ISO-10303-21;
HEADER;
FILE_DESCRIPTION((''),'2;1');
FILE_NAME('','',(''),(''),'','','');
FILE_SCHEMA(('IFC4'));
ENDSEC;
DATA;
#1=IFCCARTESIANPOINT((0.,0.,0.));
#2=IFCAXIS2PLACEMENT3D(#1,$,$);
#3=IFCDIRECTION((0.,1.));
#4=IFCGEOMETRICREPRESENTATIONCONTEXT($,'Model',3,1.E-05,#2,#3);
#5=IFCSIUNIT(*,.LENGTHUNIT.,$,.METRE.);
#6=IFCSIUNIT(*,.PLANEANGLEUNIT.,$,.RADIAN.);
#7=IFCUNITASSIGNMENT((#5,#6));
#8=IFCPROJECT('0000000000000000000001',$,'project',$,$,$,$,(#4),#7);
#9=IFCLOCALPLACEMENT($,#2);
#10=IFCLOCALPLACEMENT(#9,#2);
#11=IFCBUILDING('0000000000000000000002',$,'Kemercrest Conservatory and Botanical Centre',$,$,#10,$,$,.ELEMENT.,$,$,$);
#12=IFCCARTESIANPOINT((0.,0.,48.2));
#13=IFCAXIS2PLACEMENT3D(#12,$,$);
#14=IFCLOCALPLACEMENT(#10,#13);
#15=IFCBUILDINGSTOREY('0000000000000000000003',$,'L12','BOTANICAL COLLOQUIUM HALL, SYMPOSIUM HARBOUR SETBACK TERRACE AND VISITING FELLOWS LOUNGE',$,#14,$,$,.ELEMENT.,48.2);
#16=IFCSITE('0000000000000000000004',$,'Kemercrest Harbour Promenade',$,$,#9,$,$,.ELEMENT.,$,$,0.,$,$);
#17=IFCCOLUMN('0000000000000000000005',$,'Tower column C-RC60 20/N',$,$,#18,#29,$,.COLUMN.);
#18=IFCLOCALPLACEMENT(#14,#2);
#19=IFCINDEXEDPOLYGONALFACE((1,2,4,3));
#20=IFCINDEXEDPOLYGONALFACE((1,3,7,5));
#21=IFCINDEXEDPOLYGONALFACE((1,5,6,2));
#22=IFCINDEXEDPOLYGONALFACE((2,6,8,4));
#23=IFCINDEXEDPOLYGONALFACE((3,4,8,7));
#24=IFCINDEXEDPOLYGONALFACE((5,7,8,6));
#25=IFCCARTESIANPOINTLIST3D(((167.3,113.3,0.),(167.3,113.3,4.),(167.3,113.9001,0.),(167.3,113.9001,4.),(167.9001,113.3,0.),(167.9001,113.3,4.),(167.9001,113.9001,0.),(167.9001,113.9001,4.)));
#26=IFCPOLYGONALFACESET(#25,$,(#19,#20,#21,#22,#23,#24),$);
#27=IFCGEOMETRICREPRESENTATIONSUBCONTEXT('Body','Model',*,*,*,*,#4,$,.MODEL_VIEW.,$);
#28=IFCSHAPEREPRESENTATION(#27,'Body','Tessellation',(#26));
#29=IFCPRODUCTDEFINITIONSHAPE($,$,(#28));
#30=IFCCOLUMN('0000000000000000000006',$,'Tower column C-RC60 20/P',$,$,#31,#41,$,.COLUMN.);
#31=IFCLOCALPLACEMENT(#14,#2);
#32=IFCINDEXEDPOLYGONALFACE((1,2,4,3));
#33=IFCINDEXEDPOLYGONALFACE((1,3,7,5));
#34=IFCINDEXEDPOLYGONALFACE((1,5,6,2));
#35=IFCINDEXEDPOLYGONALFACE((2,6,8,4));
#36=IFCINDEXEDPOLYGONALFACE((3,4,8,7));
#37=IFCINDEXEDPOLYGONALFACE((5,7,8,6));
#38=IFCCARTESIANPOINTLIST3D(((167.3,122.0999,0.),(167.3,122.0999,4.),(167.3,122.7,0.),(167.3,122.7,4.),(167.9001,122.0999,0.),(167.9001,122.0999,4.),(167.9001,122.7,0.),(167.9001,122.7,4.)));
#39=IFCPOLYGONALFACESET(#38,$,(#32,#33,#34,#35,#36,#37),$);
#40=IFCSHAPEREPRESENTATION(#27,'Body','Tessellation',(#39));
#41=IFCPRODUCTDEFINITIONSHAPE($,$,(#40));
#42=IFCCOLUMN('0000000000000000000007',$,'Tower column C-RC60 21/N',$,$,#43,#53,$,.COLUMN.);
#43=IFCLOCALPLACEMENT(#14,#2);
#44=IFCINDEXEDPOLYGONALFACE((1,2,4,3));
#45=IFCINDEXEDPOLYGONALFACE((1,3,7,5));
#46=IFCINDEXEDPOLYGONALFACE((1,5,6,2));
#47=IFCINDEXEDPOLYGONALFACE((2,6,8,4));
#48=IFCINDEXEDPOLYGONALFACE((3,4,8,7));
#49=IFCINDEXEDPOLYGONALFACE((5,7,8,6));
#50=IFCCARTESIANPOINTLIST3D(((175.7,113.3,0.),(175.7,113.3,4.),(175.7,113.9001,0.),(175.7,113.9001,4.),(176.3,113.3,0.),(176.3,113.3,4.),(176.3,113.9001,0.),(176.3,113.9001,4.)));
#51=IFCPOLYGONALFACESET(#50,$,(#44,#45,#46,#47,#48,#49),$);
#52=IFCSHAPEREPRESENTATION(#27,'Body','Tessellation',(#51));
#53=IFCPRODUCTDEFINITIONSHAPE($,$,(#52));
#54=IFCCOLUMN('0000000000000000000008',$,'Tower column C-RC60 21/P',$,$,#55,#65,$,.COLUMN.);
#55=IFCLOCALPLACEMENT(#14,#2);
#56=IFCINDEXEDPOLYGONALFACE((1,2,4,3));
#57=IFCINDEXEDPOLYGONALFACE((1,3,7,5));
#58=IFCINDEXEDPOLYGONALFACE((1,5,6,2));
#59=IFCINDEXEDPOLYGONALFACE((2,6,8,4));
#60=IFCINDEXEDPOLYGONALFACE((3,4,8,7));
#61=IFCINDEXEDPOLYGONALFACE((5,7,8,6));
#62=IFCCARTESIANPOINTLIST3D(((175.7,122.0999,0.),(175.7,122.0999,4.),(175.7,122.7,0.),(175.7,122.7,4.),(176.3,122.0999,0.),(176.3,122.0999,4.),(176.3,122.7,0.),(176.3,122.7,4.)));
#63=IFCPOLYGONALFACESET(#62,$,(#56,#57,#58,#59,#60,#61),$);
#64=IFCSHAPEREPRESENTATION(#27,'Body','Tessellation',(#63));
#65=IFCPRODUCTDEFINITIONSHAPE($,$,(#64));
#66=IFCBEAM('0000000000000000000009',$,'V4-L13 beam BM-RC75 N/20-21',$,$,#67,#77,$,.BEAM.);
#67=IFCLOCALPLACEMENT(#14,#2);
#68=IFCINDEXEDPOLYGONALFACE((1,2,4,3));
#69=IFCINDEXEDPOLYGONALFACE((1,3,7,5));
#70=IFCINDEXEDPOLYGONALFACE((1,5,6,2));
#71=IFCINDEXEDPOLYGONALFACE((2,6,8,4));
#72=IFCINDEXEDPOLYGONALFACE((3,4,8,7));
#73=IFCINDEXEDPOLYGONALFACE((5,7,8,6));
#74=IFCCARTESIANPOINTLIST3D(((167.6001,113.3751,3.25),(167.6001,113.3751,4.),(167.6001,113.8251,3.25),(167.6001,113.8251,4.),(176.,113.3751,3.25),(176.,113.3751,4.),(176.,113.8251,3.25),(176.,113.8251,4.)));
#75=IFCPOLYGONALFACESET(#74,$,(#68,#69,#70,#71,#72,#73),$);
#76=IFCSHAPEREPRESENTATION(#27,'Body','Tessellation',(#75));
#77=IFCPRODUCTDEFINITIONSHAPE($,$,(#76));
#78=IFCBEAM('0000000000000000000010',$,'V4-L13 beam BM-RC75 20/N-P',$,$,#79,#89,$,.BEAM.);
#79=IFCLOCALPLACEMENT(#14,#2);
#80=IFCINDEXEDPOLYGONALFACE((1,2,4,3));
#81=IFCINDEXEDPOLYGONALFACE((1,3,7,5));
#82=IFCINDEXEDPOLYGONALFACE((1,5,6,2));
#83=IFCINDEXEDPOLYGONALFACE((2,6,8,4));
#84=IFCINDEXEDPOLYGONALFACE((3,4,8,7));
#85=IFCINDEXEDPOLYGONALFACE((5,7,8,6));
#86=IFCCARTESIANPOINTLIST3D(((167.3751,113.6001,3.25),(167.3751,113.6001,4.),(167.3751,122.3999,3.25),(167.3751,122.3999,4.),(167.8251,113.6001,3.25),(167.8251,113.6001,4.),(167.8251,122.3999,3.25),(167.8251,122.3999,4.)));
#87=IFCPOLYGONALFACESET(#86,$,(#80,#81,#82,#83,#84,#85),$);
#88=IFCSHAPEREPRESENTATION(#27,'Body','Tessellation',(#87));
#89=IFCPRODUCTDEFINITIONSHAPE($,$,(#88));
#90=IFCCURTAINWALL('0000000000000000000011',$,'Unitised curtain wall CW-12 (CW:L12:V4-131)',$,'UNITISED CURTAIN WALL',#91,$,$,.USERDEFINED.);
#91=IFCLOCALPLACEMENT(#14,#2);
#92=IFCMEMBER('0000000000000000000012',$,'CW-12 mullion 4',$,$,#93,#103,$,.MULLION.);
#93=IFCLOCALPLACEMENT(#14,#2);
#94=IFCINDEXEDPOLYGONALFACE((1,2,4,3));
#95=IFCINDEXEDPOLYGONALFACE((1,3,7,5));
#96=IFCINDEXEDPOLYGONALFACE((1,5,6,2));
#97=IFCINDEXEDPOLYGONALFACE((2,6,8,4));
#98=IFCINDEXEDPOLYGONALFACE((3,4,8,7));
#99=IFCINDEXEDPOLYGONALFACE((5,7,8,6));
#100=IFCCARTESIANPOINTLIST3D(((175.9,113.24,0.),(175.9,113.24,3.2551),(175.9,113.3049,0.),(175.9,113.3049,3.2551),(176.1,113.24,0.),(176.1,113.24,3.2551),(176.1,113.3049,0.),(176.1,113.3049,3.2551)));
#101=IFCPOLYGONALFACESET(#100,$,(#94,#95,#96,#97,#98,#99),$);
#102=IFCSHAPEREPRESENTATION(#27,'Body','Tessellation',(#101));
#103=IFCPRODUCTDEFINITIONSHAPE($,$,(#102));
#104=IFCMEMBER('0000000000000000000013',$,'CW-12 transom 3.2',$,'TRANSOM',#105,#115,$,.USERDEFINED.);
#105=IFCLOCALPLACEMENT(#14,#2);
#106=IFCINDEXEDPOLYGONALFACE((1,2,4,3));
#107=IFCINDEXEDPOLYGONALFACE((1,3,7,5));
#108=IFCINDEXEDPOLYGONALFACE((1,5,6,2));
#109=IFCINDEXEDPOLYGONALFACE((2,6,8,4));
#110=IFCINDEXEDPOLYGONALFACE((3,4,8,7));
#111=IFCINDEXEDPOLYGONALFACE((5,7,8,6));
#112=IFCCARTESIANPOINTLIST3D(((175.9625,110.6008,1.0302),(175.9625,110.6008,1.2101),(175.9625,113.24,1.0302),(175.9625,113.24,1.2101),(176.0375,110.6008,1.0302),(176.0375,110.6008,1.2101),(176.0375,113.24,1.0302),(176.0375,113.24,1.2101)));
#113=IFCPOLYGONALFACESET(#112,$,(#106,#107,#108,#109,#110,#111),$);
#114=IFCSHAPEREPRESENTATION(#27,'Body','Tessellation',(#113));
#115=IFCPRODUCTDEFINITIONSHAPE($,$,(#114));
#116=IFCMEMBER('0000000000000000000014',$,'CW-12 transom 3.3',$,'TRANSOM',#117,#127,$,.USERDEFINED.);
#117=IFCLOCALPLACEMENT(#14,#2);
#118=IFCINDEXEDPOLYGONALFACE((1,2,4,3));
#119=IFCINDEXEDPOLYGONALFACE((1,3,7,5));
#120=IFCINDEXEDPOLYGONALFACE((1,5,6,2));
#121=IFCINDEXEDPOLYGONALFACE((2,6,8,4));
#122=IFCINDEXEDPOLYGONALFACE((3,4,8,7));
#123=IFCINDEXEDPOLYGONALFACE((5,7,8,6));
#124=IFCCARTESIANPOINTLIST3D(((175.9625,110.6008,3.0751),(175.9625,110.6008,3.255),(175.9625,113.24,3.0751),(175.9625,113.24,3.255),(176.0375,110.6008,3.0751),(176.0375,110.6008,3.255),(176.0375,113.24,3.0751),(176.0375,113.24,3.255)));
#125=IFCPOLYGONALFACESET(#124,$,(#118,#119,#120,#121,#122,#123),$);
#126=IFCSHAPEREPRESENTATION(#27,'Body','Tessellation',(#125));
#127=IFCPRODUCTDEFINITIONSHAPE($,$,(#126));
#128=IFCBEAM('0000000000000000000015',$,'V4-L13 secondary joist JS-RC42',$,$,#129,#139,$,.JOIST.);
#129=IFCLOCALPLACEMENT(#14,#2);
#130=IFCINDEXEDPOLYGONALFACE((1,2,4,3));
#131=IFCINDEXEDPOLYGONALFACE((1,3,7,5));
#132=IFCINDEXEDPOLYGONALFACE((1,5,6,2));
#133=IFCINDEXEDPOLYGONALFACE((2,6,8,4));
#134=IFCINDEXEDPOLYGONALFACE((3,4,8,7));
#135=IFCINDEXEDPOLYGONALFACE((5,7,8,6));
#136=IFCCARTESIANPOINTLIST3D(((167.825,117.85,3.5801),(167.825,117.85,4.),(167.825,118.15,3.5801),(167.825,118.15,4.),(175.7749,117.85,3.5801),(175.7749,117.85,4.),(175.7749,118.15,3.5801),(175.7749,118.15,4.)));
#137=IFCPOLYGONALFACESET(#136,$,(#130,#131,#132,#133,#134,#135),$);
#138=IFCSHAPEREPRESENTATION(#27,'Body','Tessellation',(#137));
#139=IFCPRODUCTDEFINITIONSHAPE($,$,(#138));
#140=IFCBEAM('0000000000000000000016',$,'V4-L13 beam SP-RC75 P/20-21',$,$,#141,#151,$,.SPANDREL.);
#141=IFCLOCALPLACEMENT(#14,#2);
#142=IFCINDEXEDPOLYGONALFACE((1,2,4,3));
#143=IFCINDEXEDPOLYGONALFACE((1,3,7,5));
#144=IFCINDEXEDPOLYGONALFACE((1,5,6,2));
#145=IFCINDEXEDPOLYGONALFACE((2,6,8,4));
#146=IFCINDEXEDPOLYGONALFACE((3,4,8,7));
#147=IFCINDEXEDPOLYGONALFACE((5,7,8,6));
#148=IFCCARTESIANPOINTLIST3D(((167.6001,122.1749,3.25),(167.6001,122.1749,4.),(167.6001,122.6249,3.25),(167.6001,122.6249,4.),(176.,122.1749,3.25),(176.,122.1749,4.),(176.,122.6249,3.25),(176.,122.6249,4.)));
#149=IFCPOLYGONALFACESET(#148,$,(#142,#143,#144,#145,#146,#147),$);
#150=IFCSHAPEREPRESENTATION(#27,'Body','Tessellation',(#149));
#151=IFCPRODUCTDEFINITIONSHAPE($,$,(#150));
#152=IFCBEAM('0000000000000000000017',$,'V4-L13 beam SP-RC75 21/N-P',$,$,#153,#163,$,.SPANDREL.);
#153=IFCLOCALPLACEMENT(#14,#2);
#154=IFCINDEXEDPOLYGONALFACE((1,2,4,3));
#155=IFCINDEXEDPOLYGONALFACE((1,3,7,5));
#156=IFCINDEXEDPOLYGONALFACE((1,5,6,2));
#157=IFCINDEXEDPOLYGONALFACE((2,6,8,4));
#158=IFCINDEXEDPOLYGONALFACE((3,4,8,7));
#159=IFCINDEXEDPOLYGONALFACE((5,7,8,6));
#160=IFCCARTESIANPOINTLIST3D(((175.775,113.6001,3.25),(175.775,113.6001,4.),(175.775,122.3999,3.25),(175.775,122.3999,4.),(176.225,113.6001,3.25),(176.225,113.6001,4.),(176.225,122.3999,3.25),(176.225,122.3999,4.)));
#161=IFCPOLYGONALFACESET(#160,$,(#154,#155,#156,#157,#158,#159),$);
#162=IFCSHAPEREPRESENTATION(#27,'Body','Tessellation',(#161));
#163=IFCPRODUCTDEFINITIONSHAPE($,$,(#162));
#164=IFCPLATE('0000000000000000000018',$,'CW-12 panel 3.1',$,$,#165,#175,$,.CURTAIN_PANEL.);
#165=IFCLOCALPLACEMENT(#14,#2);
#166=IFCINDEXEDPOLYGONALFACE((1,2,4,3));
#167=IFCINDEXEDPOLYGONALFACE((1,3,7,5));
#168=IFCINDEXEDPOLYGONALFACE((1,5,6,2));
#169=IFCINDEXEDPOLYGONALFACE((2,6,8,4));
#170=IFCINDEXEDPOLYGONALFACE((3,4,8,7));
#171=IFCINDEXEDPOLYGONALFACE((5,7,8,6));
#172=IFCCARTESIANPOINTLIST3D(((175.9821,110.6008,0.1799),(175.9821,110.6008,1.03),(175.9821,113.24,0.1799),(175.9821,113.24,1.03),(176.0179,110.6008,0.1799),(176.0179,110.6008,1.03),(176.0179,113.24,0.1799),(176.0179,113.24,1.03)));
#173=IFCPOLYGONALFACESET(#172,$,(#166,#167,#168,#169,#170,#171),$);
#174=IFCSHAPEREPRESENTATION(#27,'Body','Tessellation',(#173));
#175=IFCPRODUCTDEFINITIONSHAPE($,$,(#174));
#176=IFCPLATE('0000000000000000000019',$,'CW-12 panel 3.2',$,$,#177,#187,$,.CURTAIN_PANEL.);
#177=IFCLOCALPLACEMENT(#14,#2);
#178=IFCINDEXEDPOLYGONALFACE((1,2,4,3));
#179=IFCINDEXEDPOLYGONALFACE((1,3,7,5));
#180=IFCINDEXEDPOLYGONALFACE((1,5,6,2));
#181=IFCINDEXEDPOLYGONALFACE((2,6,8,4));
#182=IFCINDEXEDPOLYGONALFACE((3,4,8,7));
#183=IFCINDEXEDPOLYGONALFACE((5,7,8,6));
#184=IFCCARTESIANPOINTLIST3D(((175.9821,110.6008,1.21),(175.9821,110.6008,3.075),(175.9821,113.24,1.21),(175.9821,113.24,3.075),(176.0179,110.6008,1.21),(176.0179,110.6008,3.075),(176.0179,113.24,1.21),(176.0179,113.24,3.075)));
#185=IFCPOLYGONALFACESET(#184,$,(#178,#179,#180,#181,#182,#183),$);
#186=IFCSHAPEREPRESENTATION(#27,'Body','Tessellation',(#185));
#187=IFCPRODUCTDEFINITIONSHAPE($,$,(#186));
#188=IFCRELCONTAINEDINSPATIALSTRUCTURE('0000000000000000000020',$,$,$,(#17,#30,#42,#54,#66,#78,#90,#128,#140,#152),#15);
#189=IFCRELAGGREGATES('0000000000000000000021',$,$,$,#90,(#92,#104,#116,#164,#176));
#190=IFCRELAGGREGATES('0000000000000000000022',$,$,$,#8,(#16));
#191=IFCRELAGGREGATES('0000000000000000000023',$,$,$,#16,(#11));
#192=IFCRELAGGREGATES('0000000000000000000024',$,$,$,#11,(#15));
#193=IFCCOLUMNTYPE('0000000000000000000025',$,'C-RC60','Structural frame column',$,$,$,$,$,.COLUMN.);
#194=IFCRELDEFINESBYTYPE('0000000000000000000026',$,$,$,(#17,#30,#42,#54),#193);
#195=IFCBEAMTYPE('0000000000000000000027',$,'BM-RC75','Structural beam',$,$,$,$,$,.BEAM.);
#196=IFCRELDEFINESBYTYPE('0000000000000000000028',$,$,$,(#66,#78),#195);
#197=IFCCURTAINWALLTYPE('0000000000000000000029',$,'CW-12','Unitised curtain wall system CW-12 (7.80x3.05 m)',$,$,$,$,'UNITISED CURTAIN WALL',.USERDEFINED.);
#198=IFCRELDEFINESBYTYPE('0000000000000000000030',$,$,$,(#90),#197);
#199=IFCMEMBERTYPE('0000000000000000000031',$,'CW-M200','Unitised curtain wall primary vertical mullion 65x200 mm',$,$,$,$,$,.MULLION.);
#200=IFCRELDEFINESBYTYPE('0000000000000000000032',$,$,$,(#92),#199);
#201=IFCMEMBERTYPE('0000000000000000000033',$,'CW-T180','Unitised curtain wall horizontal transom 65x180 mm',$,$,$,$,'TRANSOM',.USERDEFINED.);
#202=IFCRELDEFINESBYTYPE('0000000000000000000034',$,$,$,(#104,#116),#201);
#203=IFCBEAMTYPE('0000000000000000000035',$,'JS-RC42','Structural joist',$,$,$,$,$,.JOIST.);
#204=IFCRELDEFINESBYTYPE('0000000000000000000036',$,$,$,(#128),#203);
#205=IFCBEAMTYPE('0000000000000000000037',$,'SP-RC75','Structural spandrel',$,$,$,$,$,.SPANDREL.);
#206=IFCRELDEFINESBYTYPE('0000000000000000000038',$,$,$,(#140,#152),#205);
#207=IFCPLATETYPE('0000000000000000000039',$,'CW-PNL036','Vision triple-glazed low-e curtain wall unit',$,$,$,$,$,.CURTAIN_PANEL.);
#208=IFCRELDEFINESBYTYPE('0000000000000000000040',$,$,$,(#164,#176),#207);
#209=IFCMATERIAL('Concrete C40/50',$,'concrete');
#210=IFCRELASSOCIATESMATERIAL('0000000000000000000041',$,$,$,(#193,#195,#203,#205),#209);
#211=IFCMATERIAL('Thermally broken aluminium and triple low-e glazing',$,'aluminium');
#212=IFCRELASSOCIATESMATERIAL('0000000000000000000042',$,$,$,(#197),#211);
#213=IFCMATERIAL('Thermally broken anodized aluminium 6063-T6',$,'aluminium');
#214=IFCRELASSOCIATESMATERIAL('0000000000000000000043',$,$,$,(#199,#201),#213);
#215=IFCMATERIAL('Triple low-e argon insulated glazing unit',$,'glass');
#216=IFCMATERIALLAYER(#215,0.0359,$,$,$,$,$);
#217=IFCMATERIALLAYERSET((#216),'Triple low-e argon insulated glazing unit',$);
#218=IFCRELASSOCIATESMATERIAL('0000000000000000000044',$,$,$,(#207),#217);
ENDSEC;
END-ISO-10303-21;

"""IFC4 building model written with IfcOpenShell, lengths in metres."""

from ifc_helpers import new_model, si_unit, direction, frame, origin, origin_2d, place, context, subcontext, project, spatial, rectangle, extrude, material, layer, layer_set, material_profile, profile_set, type_object, element, aggregate, save


model = new_model("IFC4")

# Units and contexts
model_context = context("Model", 3, precision=1e-05, world=origin(), true_north=direction((0.0, 1.0)))
body_context = subcontext(model_context, "Body", "Model", "MODEL_VIEW")
ifc_project = project(units=[si_unit("LENGTHUNIT", "METRE"), si_unit("PLANEANGLEUNIT", "RADIAN")], contexts=[model_context])

# Site, building, storey
site_placement = place(None, origin())
site = spatial("IfcSite", under=ifc_project, at=site_placement, Name="Kemercrest Harbour Promenade", CompositionType="ELEMENT", RefElevation=0.0)
building_placement = place(site_placement, origin())
building = spatial("IfcBuilding", under=site, at=building_placement, Name="Kemercrest Conservatory and Botanical Centre", CompositionType="ELEMENT")
storey_placement = place(building_placement, frame((0.0, 0.0, 48.2)))
storey = spatial("IfcBuildingStorey", under=building, at=storey_placement, Name="L12", Description="BOTANICAL COLLOQUIUM HALL, SYMPOSIUM HARBOUR SETBACK TERRACE AND VISITING FELLOWS LOUNGE", CompositionType="ELEMENT", Elevation=48.2)

# Columns
ifc_material_1 = material(Name="Concrete C40/50", Category="concrete")
ifc_material_profile_1 = material_profile(ifc_material_1, rectangle(XDim=0.6001, YDim=0.6001, at=origin_2d()), Name="RC 600x600")
ifc_profile_set_1 = profile_set([ifc_material_profile_1], Name="Concrete C40/50")
column_type = type_object("IfcColumnType", Name="C-RC60", Description="Structural frame column", PredefinedType="COLUMN", material=ifc_profile_set_1)
for number, where, z_axis, x_axis, name in (
    (1, (167.6001, 113.6001, 0.0), (0.0, 0.0, 1.0), (1.0, 0.0, 0.0), "Tower column C-RC60 20/N"),
    (2, (167.6001, 122.3999, 0.0), (0.0, 0.0, 1.0), (1.0, 0.0, 0.0), "Tower column C-RC60 20/P"),
    (3, (176.0, 113.6001, 0.0), (0.0, 0.0, 1.0), (1.0, 0.0, 0.0), "Tower column C-RC60 21/N"),
    (4, (176.0, 122.3999, 0.0), (0.0, 0.0, 1.0), (1.0, 0.0, 0.0), "Tower column C-RC60 21/P"),
):
    element("IfcColumn", number, at=place(storey_placement, frame(where, z_axis=z_axis, x_axis=x_axis)), inside=storey, type_object=column_type, Name=name, PredefinedType="COLUMN", context=body_context, shape_type="SweptSolid", body=[
        extrude(rectangle(XDim=0.6001, YDim=0.6001, at=origin_2d()), origin(), (0.0, 0.0, 1.0), 4.0),
    ])

# Beams
ifc_material_profile_2 = material_profile(ifc_material_1, rectangle(XDim=0.45, YDim=0.75, at=origin_2d()), Name="RC 450x750")
ifc_profile_set_2 = profile_set([ifc_material_profile_2], Name="Concrete C40/50")
beam_type_1 = type_object("IfcBeamType", Name="BM-RC75", Description="Structural beam", PredefinedType="BEAM", material=ifc_profile_set_2)
beam_1_placement = place(storey_placement, frame((167.6001, 113.6001, 3.625), z_axis=(1.0, 0.0, 0.0), x_axis=(0.0, 1.0, 0.0)))
element("IfcBeam", 5, at=beam_1_placement, inside=storey, type_object=beam_type_1, Name="V4-L13 beam BM-RC75 N/20-21", PredefinedType="BEAM", context=body_context, shape_type="SweptSolid", body=[
    extrude(rectangle(XDim=0.45, YDim=0.75, at=origin_2d()), origin(), (0.0, 0.0, 1.0), 8.3999),
])
beam_2_placement = place(storey_placement, frame((167.6001, 113.6001, 3.625), z_axis=(0.0, 1.0, 0.0), x_axis=(-1.0, 0.0, 0.0)))
element("IfcBeam", 6, at=beam_2_placement, inside=storey, type_object=beam_type_1, Name="V4-L13 beam BM-RC75 20/N-P", PredefinedType="BEAM", context=body_context, shape_type="SweptSolid", body=[
    extrude(rectangle(XDim=0.45, YDim=0.75, at=origin_2d()), origin(), (0.0, 0.0, 1.0), 8.7998),
])

# Curtain wall, members
ifc_material_2 = material(Name="Thermally broken aluminium and triple low-e glazing", Category="aluminium")
curtain_wall_type = type_object("IfcCurtainWallType", Name="CW-12", Description="Unitised curtain wall system CW-12 (7.80x3.05 m)", ElementType="UNITISED CURTAIN WALL", PredefinedType="USERDEFINED", material=ifc_material_2)
curtain_wall_placement = place(storey_placement, origin())
curtain_wall = element("IfcCurtainWall", 7, at=curtain_wall_placement, inside=storey, type_object=curtain_wall_type, Name="Unitised curtain wall CW-12 (CW:L12:V4-131)", ObjectType="UNITISED CURTAIN WALL", PredefinedType="USERDEFINED")
ifc_material_3 = material(Name="Thermally broken anodized aluminium 6063-T6", Category="aluminium")
ifc_material_profile_3 = material_profile(ifc_material_3, rectangle(XDim=0.2, YDim=0.0649, at=origin_2d()), Name="AL MULLION 65x200")
ifc_profile_set_3 = profile_set([ifc_material_profile_3], Name="Thermally broken anodized aluminium 6063-T6")
member_type_1 = type_object("IfcMemberType", Name="CW-M200", Description="Unitised curtain wall primary vertical mullion 65x200 mm", PredefinedType="MULLION", material=ifc_profile_set_3)
member_1_placement = place(storey_placement, frame((176.0, 113.2725, 0.0), z_axis=(0.0, 0.0, 1.0), x_axis=(-1.0, 0.0, 0.0)))
member_1 = element("IfcMember", 8, at=member_1_placement, type_object=member_type_1, Name="CW-12 mullion 4", PredefinedType="MULLION", context=body_context, shape_type="SweptSolid", body=[
    extrude(rectangle(XDim=0.2, YDim=0.0649, at=origin_2d()), origin(), (0.0, 0.0, 1.0), 3.2551),
])
ifc_material_profile_4 = material_profile(ifc_material_3, rectangle(XDim=0.075, YDim=0.1799, at=origin_2d()), Name="AL TRANSOM 75x180")
ifc_profile_set_4 = profile_set([ifc_material_profile_4], Name="Thermally broken anodized aluminium 6063-T6")
member_type_2 = type_object("IfcMemberType", Name="CW-T180", Description="Unitised curtain wall horizontal transom 65x180 mm", ElementType="TRANSOM", PredefinedType="USERDEFINED", material=ifc_profile_set_4)
member_2_placement = place(storey_placement, frame((176.0, 110.6008, 1.1201), z_axis=(0.0, 1.0, 0.0), x_axis=(-1.0, 0.0, 0.0)))
member_2 = element("IfcMember", 9, at=member_2_placement, type_object=member_type_2, Name="CW-12 transom 3.2", ObjectType="TRANSOM", PredefinedType="USERDEFINED", context=body_context, shape_type="SweptSolid", body=[
    extrude(rectangle(XDim=0.075, YDim=0.1799, at=origin_2d()), origin(), (0.0, 0.0, 1.0), 2.6392),
])
member_3_placement = place(storey_placement, frame((176.0, 110.6008, 3.165), z_axis=(0.0, 1.0, 0.0), x_axis=(-1.0, 0.0, 0.0)))
member_3 = element("IfcMember", 10, at=member_3_placement, type_object=member_type_2, Name="CW-12 transom 3.3", ObjectType="TRANSOM", PredefinedType="USERDEFINED", context=body_context, shape_type="SweptSolid", body=[
    extrude(rectangle(XDim=0.075, YDim=0.1799, at=origin_2d()), origin(), (0.0, 0.0, 1.0), 2.6392),
])

# Beams
ifc_material_profile_5 = material_profile(ifc_material_1, rectangle(XDim=0.3, YDim=0.4199, at=origin_2d()), Name="RC 300x420")
ifc_profile_set_5 = profile_set([ifc_material_profile_5], Name="Concrete C40/50")
beam_type_2 = type_object("IfcBeamType", Name="JS-RC42", Description="Structural joist", PredefinedType="JOIST", material=ifc_profile_set_5)
beam_3_placement = place(storey_placement, frame((167.825, 118.0, 3.79), z_axis=(1.0, 0.0, 0.0), x_axis=(0.0, 1.0, 0.0)))
element("IfcBeam", 11, at=beam_3_placement, inside=storey, type_object=beam_type_2, Name="V4-L13 secondary joist JS-RC42", PredefinedType="JOIST", context=body_context, shape_type="SweptSolid", body=[
    extrude(rectangle(XDim=0.3, YDim=0.4199, at=origin_2d()), origin(), (0.0, 0.0, 1.0), 7.95),
])
ifc_material_profile_6 = material_profile(ifc_material_1, rectangle(XDim=0.45, YDim=0.75, at=origin_2d()), Name="RC 450x750")
ifc_profile_set_6 = profile_set([ifc_material_profile_6], Name="Concrete C40/50")
beam_type_3 = type_object("IfcBeamType", Name="SP-RC75", Description="Structural spandrel", PredefinedType="SPANDREL", material=ifc_profile_set_6)
beam_4_placement = place(storey_placement, frame((167.6001, 122.3999, 3.625), z_axis=(1.0, 0.0, 0.0), x_axis=(0.0, 1.0, 0.0)))
element("IfcBeam", 12, at=beam_4_placement, inside=storey, type_object=beam_type_3, Name="V4-L13 beam SP-RC75 P/20-21", PredefinedType="SPANDREL", context=body_context, shape_type="SweptSolid", body=[
    extrude(rectangle(XDim=0.45, YDim=0.75, at=origin_2d()), origin(), (0.0, 0.0, 1.0), 8.3999),
])
beam_5_placement = place(storey_placement, frame((176.0, 113.6001, 3.625), z_axis=(0.0, 1.0, 0.0), x_axis=(-1.0, 0.0, 0.0)))
element("IfcBeam", 13, at=beam_5_placement, inside=storey, type_object=beam_type_3, Name="V4-L13 beam SP-RC75 21/N-P", PredefinedType="SPANDREL", context=body_context, shape_type="SweptSolid", body=[
    extrude(rectangle(XDim=0.45, YDim=0.75, at=origin_2d()), origin(), (0.0, 0.0, 1.0), 8.7998),
])

# Plates
ifc_material_4 = material(Name="Triple low-e argon insulated glazing unit", Category="glass")
ifc_layer_1 = layer(ifc_material_4, 0.0359)
ifc_layer_set_1 = layer_set([ifc_layer_1], Name="Triple low-e argon insulated glazing unit")
plate_type = type_object("IfcPlateType", Name="CW-PNL036", Description="Vision triple-glazed low-e curtain wall unit", PredefinedType="CURTAIN_PANEL", material=ifc_layer_set_1)
plate_1_placement = place(storey_placement, frame((176.0, 111.9204, 0.1799), z_axis=(0.0, 0.0, 1.0), x_axis=(0.0, 1.0, 0.0)))
plate_1 = element("IfcPlate", 14, at=plate_1_placement, type_object=plate_type, Name="CW-12 panel 3.1", PredefinedType="CURTAIN_PANEL", context=body_context, shape_type="SweptSolid", body=[
    extrude(rectangle(XDim=2.6392, YDim=0.0359, at=origin_2d()), origin(), (0.0, 0.0, 1.0), 0.8501),
])
plate_2_placement = place(storey_placement, frame((176.0, 111.9204, 1.21), z_axis=(0.0, 0.0, 1.0), x_axis=(0.0, 1.0, 0.0)))
plate_2 = element("IfcPlate", 15, at=plate_2_placement, type_object=plate_type, Name="CW-12 panel 3.2", PredefinedType="CURTAIN_PANEL", context=body_context, shape_type="SweptSolid", body=[
    extrude(rectangle(XDim=2.6392, YDim=0.0359, at=origin_2d()), origin(), (0.0, 0.0, 1.0), 1.865),
])
aggregate(curtain_wall, [member_1, member_2, member_3, plate_1, plate_2])

save(model, "model.ifc")
